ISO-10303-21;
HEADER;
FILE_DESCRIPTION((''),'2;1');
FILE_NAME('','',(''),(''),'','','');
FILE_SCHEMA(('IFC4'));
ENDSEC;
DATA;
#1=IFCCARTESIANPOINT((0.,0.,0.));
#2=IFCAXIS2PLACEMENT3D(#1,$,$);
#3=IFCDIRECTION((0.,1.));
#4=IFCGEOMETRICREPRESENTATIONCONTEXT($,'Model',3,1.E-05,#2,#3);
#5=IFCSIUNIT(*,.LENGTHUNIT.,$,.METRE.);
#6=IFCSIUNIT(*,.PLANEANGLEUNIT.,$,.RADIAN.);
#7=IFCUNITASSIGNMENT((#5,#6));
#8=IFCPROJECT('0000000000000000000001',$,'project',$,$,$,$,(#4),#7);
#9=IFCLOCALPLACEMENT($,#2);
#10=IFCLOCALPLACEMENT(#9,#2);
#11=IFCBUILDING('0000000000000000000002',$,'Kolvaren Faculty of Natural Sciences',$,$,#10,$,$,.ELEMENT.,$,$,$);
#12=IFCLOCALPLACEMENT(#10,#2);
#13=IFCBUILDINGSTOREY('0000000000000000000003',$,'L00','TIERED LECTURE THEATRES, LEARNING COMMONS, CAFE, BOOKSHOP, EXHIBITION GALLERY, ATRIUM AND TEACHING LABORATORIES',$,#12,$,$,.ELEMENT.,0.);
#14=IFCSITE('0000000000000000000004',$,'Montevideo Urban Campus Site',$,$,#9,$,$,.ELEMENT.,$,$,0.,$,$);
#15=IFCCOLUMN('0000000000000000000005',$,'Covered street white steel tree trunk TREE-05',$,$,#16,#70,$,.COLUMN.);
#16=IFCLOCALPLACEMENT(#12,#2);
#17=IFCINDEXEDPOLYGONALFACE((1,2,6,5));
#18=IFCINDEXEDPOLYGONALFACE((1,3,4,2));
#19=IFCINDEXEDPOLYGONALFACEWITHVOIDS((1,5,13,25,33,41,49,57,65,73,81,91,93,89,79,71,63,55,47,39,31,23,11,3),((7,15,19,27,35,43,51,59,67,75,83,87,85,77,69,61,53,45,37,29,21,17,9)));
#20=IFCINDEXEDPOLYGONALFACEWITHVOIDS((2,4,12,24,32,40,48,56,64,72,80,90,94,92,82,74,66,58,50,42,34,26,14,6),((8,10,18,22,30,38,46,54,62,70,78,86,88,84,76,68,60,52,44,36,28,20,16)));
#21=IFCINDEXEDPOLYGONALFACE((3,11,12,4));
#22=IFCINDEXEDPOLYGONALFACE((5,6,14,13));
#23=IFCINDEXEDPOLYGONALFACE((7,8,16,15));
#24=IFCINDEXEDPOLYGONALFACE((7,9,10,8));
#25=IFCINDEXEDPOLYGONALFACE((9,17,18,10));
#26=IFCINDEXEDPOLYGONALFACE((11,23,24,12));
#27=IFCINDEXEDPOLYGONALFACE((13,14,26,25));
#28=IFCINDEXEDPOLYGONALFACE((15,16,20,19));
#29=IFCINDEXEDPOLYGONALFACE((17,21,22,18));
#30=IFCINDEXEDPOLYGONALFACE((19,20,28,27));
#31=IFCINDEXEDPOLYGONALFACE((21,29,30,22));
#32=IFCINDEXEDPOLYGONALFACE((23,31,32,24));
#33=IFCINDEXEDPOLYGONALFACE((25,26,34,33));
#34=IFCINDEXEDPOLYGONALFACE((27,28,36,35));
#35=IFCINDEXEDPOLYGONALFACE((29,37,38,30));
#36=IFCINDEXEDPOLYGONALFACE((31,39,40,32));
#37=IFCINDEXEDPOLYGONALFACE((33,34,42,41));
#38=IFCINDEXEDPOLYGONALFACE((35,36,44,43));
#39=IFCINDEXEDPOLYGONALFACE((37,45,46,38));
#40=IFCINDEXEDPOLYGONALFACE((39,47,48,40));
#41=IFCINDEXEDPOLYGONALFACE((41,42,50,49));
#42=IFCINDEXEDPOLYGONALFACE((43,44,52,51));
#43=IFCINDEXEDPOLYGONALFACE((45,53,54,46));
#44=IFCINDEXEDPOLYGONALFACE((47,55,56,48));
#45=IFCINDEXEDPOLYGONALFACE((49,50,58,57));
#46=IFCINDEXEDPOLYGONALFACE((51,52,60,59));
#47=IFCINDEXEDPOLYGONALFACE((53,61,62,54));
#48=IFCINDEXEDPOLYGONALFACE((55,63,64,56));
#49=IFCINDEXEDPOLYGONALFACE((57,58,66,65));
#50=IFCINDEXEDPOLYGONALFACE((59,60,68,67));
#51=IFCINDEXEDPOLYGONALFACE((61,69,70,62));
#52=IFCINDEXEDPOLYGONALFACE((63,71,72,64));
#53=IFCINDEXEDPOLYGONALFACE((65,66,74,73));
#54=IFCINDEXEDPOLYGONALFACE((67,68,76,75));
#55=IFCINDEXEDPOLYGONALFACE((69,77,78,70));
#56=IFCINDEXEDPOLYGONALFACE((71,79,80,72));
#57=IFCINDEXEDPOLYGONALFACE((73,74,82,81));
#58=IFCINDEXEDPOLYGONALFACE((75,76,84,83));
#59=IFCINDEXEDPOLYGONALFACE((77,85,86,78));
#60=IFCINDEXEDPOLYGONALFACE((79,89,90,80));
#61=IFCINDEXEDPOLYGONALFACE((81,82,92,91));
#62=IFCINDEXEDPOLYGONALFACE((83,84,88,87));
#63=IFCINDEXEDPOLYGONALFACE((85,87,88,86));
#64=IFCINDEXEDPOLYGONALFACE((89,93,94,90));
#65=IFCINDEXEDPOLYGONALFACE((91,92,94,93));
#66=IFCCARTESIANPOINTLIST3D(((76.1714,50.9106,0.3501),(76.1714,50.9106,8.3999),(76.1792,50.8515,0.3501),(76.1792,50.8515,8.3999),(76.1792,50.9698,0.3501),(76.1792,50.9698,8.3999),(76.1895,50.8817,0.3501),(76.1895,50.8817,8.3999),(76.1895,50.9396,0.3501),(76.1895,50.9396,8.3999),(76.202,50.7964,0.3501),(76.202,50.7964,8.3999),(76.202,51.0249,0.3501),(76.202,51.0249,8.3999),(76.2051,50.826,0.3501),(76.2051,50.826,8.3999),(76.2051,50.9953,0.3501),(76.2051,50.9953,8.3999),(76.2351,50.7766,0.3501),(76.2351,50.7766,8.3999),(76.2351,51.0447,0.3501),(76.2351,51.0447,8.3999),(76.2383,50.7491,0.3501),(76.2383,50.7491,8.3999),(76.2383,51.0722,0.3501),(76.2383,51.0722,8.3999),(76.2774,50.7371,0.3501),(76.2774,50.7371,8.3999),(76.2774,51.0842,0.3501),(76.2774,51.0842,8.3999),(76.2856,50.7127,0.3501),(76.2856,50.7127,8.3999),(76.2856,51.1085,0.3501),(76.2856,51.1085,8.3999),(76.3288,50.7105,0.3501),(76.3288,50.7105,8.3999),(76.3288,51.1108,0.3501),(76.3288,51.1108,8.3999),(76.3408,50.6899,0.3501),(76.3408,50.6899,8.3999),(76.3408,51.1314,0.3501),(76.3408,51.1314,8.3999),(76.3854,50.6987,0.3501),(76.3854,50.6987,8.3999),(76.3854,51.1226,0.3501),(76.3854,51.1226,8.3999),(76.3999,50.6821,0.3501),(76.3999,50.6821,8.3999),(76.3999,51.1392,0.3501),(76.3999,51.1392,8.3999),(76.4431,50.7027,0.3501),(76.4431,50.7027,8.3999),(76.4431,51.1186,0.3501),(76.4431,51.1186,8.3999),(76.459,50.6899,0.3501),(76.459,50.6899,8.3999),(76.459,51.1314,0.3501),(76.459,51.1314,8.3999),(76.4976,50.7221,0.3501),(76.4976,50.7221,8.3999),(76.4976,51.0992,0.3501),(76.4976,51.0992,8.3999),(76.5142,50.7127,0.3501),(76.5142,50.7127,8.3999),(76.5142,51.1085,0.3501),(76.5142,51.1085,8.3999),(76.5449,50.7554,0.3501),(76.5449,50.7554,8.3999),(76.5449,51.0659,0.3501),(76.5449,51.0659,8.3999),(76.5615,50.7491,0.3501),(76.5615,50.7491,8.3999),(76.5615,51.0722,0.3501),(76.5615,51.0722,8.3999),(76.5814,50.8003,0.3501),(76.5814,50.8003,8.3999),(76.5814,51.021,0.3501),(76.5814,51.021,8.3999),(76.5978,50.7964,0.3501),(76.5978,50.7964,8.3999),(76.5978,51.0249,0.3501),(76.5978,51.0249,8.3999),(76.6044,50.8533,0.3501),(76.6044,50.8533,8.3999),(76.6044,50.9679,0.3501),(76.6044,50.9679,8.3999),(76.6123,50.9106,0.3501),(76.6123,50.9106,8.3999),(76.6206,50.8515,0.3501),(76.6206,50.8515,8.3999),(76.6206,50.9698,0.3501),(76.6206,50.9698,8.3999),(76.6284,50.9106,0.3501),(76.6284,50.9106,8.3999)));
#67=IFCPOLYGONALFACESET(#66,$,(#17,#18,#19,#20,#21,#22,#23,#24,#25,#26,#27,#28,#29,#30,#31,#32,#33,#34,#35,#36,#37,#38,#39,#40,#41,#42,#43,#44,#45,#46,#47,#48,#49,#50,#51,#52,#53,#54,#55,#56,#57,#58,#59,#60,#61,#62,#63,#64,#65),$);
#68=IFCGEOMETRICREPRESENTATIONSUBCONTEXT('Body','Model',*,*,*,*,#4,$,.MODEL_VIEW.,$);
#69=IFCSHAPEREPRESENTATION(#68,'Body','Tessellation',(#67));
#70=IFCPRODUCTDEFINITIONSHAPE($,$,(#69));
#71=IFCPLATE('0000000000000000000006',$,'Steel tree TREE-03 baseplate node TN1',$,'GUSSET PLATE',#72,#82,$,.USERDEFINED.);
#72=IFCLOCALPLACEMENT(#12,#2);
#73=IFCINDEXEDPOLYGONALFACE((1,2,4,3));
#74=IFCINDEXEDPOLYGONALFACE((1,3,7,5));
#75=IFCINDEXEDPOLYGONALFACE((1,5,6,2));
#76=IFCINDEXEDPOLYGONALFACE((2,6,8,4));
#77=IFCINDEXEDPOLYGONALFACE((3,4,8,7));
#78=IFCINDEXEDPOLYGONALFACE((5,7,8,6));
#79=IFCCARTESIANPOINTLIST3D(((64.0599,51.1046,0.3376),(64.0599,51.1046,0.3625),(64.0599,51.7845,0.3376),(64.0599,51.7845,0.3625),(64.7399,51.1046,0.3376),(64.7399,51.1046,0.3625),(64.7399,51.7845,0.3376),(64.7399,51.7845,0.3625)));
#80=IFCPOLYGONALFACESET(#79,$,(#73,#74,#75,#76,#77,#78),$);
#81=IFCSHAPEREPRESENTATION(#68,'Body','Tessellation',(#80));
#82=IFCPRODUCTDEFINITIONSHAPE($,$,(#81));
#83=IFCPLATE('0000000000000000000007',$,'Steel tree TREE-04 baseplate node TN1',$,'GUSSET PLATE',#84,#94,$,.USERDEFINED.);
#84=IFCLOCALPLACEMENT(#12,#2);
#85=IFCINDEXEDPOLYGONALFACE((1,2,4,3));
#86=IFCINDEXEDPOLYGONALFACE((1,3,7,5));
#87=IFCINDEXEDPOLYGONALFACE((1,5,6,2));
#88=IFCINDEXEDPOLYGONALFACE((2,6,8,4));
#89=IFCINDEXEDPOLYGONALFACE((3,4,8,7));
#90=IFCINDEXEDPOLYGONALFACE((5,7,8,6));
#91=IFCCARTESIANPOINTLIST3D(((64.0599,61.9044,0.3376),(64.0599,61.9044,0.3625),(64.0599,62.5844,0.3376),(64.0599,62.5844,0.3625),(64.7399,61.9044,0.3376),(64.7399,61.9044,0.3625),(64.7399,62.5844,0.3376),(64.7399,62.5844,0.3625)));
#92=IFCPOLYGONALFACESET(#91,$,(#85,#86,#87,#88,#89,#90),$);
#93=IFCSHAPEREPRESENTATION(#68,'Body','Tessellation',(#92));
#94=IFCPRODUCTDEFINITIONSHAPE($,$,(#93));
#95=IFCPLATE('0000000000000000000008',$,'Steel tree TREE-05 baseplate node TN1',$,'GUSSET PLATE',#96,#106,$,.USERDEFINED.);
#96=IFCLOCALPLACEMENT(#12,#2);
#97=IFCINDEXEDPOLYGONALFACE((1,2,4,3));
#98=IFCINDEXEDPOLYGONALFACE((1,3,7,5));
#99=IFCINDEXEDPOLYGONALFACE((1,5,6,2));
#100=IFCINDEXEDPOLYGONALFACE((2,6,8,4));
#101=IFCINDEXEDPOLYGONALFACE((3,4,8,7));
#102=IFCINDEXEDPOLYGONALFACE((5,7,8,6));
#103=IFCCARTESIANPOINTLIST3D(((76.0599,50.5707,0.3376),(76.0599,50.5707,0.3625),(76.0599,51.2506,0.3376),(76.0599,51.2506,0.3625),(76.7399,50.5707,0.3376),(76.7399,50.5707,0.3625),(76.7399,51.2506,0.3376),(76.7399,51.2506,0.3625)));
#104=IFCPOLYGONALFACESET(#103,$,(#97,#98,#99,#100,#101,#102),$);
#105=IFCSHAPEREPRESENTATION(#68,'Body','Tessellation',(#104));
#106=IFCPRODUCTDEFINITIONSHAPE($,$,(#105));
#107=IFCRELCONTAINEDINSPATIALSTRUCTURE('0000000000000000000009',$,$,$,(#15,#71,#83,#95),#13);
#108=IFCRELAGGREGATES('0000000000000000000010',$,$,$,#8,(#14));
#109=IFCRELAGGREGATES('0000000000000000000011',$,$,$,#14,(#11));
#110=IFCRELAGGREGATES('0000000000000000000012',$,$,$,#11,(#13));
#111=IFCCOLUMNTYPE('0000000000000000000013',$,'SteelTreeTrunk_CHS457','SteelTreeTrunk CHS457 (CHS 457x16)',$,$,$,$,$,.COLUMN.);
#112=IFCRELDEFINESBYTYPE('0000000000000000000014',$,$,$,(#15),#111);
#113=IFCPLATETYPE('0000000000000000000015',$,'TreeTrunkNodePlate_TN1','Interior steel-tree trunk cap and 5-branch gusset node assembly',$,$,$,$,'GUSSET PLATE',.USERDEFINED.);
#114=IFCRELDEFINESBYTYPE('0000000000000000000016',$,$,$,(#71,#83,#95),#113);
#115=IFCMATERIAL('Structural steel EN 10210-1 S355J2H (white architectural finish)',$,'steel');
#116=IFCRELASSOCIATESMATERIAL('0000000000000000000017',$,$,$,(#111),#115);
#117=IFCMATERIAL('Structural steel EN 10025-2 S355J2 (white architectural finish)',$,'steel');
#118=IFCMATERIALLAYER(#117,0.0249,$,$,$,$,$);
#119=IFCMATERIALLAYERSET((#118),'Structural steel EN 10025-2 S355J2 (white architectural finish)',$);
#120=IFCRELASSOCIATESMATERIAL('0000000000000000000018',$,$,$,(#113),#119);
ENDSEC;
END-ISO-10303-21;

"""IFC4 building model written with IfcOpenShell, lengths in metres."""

from ifc_helpers import new_model, si_unit, direction, frame, origin, origin_2d, place, context, subcontext, project, spatial, rectangle, hollow_circle, extrude, material, layer, layer_set, material_profile, profile_set, type_object, element, save


model = new_model("IFC4")

# Units and contexts
model_context = context("Model", 3, precision=1e-05, world=origin(), true_north=direction((0.0, 1.0)))
body_context = subcontext(model_context, "Body", "Model", "MODEL_VIEW")
ifc_project = project(units=[si_unit("LENGTHUNIT", "METRE"), si_unit("PLANEANGLEUNIT", "RADIAN")], contexts=[model_context])

# Site, building, storey
site_placement = place(None, origin())
site = spatial("IfcSite", under=ifc_project, at=site_placement, Name="Montevideo Urban Campus Site", CompositionType="ELEMENT", RefElevation=0.0)
building_placement = place(site_placement, origin())
building = spatial("IfcBuilding", under=site, at=building_placement, Name="Kolvaren Faculty of Natural Sciences", CompositionType="ELEMENT")
storey_placement = place(building_placement, origin())
storey = spatial("IfcBuildingStorey", under=building, at=storey_placement, Name="L00", Description="TIERED LECTURE THEATRES, LEARNING COMMONS, CAFE, BOOKSHOP, EXHIBITION GALLERY, ATRIUM AND TEACHING LABORATORIES", CompositionType="ELEMENT", Elevation=0.0)

# Column
ifc_material_1 = material(Name="Structural steel EN 10210-1 S355J2H (white architectural finish)", Category="steel")
ifc_material_profile_1 = material_profile(ifc_material_1, hollow_circle(Radius=0.2285, WallThickness=0.0161, at=origin_2d()), Name="CHS 457x16")
ifc_profile_set_1 = profile_set([ifc_material_profile_1], Name="Structural steel EN 10210-1 S355J2H (white architectural finish)")
column_type_1 = type_object("IfcColumnType", Name="SteelTreeTrunk_CHS457", Description="SteelTreeTrunk CHS457 (CHS 457x16)", PredefinedType="COLUMN", material=ifc_profile_set_1)
for number, where, z_axis, x_axis, name in (
    (1, (76.3999, 50.9106, 0.3501), (0.0, 0.0, 1.0), (1.0, 0.0, 0.0), "Covered street white steel tree trunk TREE-05"),
):
    element("IfcColumn", number, at=place(storey_placement, frame(where, z_axis=z_axis, x_axis=x_axis)), inside=storey, type_object=column_type_1, Name=name, PredefinedType="COLUMN", context=body_context, shape_type="SweptSolid", body=[
        extrude(hollow_circle(Radius=0.2285, WallThickness=0.0161, at=origin_2d()), origin(), (0.0, 0.0, 1.0), 8.0498),
    ])

# Plates
ifc_material_2 = material(Name="Structural steel EN 10025-2 S355J2 (white architectural finish)", Category="steel")
ifc_layer = layer(ifc_material_2, 0.0249)
ifc_layer_set = layer_set([ifc_layer], Name="Structural steel EN 10025-2 S355J2 (white architectural finish)")
plate_type = type_object("IfcPlateType", Name="TreeTrunkNodePlate_TN1", Description="Interior steel-tree trunk cap and 5-branch gusset node assembly", ElementType="GUSSET PLATE", PredefinedType="USERDEFINED", material=ifc_layer_set)
for number, where, z_axis, x_axis, name in (
    (2, (64.3999, 51.4446, 0.3376), (0.0, 0.0, 1.0), (1.0, 0.0, 0.0), "Steel tree TREE-03 baseplate node TN1"),
    (3, (64.3999, 62.2444, 0.3376), (0.0, 0.0, 1.0), (1.0, 0.0, 0.0), "Steel tree TREE-04 baseplate node TN1"),
    (4, (76.3999, 50.9106, 0.3376), (0.0, 0.0, 1.0), (1.0, 0.0, 0.0), "Steel tree TREE-05 baseplate node TN1"),
):
    element("IfcPlate", number, at=place(storey_placement, frame(where, z_axis=z_axis, x_axis=x_axis)), inside=storey, type_object=plate_type, Name=name, ObjectType="GUSSET PLATE", PredefinedType="USERDEFINED", context=body_context, shape_type="SweptSolid", body=[
        extrude(rectangle(XDim=0.6799, YDim=0.6799, at=origin_2d()), origin(), (0.0, 0.0, 1.0), 0.0249),
    ])

save(model, "model.ifc")
